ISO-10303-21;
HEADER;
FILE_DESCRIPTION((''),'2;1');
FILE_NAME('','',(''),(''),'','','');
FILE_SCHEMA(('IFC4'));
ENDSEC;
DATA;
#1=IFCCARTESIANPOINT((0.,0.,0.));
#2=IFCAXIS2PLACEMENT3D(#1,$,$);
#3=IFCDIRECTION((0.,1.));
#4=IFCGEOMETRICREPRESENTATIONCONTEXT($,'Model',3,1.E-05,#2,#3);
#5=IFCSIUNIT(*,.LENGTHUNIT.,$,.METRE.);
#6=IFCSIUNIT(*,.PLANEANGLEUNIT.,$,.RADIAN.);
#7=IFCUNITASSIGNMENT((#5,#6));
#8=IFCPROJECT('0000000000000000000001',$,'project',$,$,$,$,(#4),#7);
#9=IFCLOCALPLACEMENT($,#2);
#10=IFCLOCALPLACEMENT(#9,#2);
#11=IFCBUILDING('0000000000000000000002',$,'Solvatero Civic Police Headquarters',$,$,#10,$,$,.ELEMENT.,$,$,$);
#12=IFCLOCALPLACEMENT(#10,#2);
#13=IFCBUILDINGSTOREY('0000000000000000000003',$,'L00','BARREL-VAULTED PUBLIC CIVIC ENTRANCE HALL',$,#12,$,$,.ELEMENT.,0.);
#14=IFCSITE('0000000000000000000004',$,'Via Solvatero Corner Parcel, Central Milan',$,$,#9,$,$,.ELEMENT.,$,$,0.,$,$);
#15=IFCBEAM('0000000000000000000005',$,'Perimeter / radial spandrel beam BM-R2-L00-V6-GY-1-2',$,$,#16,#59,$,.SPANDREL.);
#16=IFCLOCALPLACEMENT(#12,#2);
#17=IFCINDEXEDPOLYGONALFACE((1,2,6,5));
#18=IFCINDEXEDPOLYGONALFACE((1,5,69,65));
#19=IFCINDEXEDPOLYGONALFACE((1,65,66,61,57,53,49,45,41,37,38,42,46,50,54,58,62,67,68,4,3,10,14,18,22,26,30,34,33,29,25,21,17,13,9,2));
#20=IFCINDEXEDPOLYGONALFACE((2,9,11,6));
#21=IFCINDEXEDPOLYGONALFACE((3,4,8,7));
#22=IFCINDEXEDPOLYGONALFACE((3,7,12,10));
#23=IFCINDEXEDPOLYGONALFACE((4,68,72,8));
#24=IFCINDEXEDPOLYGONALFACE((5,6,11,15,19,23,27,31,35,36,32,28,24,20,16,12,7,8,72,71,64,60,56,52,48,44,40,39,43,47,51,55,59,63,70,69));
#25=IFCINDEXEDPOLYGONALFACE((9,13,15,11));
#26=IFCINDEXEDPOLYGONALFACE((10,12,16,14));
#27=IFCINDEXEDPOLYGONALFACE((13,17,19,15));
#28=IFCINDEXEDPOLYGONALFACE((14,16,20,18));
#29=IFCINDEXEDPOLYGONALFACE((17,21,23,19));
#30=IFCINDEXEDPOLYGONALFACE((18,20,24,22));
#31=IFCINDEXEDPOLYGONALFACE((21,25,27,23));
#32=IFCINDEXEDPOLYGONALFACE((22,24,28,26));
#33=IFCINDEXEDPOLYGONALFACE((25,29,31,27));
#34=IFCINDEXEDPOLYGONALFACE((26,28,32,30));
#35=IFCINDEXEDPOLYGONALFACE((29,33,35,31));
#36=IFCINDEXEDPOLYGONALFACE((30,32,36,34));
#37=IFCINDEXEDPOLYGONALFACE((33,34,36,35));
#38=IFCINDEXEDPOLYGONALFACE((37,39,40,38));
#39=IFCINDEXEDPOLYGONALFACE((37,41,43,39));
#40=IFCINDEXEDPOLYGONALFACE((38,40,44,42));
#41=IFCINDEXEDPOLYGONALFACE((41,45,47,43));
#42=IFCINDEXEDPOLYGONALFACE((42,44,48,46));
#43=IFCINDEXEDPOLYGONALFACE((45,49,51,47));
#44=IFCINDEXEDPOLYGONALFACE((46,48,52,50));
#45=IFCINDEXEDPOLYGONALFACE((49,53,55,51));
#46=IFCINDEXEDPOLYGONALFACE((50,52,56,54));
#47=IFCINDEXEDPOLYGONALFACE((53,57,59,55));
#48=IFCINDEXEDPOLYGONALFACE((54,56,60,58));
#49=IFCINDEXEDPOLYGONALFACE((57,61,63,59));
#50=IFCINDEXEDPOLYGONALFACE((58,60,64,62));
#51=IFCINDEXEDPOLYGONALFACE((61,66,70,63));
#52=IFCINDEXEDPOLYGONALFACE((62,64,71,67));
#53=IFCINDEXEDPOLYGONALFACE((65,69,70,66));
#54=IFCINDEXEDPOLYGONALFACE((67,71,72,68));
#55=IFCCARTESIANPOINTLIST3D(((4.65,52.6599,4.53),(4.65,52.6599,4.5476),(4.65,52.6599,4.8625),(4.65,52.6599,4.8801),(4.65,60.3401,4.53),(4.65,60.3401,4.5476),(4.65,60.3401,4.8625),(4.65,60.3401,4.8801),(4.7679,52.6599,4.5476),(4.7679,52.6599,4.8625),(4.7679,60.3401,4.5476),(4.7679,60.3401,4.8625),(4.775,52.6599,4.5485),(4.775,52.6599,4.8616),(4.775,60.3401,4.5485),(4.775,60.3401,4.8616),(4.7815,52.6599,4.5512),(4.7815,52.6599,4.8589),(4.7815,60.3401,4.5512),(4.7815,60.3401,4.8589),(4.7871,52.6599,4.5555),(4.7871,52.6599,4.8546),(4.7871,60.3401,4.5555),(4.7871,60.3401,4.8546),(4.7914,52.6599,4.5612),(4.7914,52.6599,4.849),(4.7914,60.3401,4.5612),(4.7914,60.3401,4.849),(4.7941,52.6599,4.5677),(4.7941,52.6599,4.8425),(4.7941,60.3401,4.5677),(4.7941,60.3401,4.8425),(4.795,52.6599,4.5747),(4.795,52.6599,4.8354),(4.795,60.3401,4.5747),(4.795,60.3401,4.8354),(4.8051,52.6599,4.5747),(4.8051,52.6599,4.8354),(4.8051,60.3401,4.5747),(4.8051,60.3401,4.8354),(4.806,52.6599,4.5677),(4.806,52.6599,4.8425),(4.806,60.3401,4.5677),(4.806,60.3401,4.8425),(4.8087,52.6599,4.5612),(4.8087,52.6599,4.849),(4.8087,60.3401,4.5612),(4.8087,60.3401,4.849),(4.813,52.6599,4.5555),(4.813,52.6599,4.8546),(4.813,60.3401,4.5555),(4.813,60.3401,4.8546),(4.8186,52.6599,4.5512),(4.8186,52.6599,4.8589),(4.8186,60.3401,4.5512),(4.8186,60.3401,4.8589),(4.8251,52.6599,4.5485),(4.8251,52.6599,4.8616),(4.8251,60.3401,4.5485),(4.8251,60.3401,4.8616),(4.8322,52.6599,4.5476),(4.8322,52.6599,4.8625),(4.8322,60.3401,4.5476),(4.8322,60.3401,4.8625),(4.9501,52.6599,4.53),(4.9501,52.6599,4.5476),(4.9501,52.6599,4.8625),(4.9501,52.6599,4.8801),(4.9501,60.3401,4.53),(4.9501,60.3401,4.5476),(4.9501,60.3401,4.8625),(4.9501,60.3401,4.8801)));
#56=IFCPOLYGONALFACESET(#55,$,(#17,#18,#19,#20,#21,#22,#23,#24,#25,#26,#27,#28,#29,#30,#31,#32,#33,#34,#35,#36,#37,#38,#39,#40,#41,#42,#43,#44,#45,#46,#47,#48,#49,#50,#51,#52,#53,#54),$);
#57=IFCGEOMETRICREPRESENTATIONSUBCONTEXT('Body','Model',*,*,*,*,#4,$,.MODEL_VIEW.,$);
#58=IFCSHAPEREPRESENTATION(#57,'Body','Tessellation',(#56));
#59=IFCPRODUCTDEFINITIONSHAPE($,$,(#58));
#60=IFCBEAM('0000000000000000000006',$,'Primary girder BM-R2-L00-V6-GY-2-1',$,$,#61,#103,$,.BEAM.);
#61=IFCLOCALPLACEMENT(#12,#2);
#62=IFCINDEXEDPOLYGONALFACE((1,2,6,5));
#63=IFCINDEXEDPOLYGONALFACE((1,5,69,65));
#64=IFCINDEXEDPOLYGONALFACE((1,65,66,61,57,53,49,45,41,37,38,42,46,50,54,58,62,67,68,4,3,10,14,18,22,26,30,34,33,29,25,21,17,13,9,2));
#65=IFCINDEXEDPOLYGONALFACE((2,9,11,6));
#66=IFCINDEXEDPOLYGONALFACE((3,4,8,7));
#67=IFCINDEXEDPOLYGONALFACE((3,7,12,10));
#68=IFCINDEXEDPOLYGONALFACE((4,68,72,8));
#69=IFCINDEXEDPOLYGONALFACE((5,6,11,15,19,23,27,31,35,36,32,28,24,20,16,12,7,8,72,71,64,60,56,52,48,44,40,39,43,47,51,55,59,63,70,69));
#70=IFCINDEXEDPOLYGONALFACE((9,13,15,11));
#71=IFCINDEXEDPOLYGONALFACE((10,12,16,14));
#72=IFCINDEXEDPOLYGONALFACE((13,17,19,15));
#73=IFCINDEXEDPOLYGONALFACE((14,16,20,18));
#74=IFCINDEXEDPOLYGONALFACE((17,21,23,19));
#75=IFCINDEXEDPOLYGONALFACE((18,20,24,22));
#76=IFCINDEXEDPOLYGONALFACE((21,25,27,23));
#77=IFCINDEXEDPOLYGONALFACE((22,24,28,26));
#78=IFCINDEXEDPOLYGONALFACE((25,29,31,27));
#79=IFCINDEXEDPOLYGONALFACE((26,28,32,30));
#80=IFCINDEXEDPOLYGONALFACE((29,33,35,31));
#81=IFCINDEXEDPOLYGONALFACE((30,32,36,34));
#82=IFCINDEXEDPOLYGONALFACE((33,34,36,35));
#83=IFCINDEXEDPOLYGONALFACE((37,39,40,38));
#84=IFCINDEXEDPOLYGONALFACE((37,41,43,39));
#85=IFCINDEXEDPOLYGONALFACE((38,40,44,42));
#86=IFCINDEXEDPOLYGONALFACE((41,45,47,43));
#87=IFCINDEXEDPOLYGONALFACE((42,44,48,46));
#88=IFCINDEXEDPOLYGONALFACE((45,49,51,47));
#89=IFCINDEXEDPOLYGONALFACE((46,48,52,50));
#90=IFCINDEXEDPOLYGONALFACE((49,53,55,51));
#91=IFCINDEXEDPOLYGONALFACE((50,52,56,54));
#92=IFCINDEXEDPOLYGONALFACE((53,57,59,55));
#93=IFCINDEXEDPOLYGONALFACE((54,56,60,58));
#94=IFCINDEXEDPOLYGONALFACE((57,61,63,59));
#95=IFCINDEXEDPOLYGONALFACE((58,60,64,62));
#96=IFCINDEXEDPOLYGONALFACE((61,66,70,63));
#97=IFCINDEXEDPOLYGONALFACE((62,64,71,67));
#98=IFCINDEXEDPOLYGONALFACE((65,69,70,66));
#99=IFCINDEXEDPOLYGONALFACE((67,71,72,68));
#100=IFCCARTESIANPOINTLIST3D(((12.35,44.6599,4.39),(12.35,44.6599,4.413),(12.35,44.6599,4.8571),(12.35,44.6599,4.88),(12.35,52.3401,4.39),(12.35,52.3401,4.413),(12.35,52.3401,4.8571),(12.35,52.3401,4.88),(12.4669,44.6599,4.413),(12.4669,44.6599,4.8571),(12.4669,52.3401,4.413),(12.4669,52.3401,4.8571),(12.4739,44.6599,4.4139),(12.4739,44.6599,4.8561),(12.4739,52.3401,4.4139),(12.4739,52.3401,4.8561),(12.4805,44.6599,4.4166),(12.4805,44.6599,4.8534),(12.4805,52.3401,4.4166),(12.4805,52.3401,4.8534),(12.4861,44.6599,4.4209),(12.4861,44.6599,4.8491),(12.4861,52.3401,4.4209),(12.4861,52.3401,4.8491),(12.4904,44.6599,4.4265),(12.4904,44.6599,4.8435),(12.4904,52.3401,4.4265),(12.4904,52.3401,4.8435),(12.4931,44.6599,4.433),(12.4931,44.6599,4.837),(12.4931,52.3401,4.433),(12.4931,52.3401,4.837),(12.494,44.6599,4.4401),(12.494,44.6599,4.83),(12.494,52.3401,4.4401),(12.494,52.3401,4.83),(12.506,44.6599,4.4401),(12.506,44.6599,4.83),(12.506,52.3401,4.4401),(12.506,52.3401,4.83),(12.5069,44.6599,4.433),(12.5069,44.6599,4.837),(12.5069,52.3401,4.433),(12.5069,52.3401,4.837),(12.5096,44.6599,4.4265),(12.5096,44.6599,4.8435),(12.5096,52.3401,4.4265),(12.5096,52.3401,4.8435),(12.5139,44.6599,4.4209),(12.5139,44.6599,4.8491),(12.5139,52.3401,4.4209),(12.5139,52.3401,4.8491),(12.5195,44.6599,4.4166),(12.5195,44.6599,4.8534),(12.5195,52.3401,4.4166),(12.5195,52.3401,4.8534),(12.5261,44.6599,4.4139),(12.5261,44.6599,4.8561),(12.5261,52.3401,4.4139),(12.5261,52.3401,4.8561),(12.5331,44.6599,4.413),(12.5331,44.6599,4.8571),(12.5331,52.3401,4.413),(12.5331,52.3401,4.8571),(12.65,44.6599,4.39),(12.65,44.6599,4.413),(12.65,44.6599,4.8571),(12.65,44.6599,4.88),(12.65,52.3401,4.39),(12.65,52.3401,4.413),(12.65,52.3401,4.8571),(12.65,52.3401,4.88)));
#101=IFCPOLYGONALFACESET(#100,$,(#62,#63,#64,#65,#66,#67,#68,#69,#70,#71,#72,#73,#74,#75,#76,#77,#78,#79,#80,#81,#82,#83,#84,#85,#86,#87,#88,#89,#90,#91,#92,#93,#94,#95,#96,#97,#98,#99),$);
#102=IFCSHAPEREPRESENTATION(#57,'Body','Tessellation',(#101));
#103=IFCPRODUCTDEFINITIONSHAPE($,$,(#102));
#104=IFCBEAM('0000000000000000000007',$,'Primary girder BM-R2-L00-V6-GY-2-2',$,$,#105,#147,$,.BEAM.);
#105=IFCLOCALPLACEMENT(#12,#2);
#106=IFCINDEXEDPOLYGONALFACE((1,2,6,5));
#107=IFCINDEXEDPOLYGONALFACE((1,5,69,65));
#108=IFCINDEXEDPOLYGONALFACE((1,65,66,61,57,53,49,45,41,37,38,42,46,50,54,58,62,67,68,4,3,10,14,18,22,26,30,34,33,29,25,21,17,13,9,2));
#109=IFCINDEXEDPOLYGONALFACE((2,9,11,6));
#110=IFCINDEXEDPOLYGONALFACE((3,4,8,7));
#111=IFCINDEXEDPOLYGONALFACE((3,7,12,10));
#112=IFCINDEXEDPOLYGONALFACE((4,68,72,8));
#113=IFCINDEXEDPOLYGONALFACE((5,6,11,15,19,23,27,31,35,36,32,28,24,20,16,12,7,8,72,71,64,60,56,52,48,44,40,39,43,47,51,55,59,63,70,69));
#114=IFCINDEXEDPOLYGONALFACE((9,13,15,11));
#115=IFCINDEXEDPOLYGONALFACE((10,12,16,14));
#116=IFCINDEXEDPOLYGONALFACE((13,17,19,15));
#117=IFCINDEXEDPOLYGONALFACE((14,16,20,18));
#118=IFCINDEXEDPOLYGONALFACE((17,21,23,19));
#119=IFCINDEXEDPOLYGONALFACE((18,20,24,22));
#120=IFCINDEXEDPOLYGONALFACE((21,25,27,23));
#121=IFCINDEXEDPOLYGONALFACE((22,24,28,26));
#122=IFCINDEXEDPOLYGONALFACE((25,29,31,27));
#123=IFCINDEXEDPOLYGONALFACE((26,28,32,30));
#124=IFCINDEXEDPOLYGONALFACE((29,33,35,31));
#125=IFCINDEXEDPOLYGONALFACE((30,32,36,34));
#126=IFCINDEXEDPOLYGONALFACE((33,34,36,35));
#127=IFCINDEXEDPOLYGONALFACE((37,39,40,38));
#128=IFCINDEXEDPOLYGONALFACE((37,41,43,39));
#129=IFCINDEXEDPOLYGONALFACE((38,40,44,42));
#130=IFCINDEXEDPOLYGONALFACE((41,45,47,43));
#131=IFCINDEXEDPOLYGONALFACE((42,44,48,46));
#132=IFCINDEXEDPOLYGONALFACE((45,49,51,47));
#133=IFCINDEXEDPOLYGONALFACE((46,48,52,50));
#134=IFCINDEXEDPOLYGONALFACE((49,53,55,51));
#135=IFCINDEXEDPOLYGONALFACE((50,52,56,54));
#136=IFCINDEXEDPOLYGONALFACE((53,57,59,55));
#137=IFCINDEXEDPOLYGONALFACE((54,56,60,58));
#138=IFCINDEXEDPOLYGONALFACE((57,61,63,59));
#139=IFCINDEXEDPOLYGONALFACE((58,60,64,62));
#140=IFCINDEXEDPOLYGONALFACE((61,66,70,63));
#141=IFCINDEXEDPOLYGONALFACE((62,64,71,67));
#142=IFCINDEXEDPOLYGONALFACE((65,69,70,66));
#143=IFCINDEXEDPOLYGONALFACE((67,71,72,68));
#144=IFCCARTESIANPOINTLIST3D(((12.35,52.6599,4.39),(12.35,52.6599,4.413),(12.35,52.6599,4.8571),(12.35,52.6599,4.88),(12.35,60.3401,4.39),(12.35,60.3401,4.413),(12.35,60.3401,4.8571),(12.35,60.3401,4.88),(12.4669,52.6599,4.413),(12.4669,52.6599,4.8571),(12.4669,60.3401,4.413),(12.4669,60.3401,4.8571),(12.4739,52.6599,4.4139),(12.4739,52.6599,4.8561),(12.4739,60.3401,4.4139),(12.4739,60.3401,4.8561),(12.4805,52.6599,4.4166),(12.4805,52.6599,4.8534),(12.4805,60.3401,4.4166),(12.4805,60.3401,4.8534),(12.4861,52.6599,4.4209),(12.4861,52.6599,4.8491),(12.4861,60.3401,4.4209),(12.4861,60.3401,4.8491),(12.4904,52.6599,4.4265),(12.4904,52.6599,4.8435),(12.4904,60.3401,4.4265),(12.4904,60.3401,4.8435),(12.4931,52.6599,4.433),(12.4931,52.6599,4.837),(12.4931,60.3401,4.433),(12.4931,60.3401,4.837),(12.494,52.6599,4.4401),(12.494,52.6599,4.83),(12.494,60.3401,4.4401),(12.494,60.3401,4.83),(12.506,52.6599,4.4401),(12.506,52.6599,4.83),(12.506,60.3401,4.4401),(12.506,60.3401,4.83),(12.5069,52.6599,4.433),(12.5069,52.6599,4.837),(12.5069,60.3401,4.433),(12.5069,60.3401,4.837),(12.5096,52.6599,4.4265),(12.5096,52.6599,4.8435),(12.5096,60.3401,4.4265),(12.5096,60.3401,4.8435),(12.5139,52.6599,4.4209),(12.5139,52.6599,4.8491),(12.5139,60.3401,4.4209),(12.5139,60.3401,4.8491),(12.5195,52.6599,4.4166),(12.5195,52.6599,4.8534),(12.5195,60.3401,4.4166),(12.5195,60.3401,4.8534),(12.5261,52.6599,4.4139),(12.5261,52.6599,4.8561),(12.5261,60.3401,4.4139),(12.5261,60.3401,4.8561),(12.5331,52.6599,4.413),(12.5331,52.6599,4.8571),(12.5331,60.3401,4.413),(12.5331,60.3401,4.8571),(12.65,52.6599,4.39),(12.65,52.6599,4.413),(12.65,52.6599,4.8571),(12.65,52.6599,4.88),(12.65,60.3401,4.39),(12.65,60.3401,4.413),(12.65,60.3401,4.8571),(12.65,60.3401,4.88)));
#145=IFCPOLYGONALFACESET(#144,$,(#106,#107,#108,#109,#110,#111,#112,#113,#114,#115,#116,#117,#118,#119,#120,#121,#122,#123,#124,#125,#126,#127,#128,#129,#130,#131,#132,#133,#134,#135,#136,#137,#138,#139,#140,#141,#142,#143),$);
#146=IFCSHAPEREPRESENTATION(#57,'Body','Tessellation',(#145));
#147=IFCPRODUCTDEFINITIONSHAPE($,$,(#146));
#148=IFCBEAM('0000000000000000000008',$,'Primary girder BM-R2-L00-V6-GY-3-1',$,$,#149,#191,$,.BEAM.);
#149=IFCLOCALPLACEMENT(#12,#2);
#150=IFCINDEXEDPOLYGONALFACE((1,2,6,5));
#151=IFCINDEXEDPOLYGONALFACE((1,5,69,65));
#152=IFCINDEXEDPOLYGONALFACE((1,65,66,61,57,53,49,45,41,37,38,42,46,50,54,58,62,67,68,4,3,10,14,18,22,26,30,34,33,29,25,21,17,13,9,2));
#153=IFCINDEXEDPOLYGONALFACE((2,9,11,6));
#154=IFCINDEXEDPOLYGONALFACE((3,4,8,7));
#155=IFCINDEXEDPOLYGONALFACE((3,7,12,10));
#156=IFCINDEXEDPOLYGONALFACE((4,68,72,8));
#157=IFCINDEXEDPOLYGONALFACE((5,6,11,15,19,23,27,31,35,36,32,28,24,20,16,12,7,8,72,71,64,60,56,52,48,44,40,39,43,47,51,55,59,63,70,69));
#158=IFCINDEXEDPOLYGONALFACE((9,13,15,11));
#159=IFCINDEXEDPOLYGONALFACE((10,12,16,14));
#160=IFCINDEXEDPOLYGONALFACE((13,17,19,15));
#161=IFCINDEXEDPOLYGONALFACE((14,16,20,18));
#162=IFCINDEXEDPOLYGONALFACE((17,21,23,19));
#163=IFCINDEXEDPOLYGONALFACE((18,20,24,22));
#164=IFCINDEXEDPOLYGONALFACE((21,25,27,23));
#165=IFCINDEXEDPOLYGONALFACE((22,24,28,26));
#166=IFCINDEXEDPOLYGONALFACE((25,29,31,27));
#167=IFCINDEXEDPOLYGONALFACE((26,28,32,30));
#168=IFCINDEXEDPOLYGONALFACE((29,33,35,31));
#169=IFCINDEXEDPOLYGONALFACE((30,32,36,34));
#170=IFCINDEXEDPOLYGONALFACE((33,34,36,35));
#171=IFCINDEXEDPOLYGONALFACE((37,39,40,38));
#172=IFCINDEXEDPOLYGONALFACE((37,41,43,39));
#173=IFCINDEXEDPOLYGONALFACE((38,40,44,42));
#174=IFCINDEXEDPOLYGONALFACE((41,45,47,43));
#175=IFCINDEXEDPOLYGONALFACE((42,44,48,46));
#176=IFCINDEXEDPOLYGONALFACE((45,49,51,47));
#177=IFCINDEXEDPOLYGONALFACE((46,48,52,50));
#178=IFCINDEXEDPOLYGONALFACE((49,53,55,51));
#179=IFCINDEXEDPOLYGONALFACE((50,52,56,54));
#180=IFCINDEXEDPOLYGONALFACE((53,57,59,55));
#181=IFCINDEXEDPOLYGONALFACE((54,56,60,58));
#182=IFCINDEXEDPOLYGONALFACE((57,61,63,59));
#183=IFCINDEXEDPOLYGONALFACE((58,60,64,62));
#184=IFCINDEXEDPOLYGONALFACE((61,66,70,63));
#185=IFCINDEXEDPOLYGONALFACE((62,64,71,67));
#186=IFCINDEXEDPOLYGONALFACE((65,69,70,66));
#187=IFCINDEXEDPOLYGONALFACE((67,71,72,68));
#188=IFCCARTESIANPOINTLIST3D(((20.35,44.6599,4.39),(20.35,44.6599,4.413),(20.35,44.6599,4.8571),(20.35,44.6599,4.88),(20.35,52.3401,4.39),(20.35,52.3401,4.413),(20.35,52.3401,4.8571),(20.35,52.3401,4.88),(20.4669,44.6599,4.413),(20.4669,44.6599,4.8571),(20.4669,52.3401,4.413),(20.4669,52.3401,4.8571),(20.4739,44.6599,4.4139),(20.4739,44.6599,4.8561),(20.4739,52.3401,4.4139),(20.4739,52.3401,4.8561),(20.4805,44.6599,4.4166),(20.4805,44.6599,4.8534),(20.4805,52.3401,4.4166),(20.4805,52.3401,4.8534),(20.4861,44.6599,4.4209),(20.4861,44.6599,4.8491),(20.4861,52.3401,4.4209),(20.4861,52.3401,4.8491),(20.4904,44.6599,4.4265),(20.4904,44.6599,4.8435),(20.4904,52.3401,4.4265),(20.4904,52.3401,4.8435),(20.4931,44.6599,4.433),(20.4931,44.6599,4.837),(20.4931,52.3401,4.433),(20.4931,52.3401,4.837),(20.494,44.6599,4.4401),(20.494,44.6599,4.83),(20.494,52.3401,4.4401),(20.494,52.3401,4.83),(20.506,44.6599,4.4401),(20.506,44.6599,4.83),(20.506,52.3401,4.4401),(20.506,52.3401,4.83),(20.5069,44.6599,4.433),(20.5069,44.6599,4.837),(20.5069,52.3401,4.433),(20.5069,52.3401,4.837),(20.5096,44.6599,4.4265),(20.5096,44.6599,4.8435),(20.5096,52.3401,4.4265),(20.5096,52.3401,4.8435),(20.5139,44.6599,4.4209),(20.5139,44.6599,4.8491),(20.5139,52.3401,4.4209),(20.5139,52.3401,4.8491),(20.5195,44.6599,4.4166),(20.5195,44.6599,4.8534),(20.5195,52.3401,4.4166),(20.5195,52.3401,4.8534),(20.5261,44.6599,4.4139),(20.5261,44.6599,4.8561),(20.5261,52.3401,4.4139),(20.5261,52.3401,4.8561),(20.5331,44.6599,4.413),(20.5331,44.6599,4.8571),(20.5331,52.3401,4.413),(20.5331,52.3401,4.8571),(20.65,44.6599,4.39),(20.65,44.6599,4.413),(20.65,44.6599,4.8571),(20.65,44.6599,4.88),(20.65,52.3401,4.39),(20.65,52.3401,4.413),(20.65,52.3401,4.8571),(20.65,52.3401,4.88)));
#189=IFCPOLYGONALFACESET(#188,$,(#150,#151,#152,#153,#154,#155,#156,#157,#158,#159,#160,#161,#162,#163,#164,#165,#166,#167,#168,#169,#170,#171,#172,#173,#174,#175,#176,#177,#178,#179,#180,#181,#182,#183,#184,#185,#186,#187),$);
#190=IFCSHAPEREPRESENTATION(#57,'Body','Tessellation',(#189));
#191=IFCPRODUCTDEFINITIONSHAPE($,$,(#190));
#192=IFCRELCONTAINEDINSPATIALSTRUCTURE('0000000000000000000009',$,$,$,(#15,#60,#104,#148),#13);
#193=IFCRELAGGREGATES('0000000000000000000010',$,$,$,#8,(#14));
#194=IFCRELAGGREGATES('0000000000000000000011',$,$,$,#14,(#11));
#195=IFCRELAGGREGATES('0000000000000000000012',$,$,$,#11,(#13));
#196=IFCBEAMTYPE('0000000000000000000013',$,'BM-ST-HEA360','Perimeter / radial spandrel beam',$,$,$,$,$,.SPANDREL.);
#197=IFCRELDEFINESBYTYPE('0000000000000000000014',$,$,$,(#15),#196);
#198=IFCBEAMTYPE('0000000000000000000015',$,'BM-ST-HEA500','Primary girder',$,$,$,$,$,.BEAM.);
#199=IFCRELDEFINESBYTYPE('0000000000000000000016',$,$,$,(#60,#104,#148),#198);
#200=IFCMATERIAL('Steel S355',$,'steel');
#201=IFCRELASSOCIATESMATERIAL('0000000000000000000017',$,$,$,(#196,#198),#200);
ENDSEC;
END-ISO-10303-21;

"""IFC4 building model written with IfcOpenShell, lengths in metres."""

from ifc_helpers import new_model, si_unit, direction, frame, origin, origin_2d, place, context, subcontext, project, spatial, i_section, extrude, material, material_profile, profile_set, type_object, element, save


model = new_model("IFC4")

# Units and contexts
model_context = context("Model", 3, precision=1e-05, world=origin(), true_north=direction((0.0, 1.0)))
body_context = subcontext(model_context, "Body", "Model", "MODEL_VIEW")
ifc_project = project(units=[si_unit("LENGTHUNIT", "METRE"), si_unit("PLANEANGLEUNIT", "RADIAN")], contexts=[model_context])

# Site, building, storey
site_placement = place(None, origin())
site = spatial("IfcSite", under=ifc_project, at=site_placement, Name="Via Solvatero Corner Parcel, Central Milan", CompositionType="ELEMENT", RefElevation=0.0)
building_placement = place(site_placement, origin())
building = spatial("IfcBuilding", under=site, at=building_placement, Name="Solvatero Civic Police Headquarters", CompositionType="ELEMENT")
storey_placement = place(building_placement, origin())
storey = spatial("IfcBuildingStorey", under=building, at=storey_placement, Name="L00", Description="BARREL-VAULTED PUBLIC CIVIC ENTRANCE HALL", CompositionType="ELEMENT", Elevation=0.0)

# Beams
ifc_material_1 = material(Name="Steel S355", Category="steel")
ifc_material_profile_1 = material_profile(ifc_material_1, i_section(OverallWidth=0.3, OverallDepth=0.3501, WebThickness=0.01, FlangeThickness=0.0176, FilletRadius=0.0271, at=origin_2d()), Name="HEA 360")
ifc_profile_set_1 = profile_set([ifc_material_profile_1], Name="Steel S355")
beam_type_1 = type_object("IfcBeamType", Name="BM-ST-HEA360", Description="Perimeter / radial spandrel beam", PredefinedType="SPANDREL", material=ifc_profile_set_1)
for number, where, z_axis, x_axis, name in (
    (1, (4.8, 52.6599, 4.7051), (0.0, 1.0, 0.0), (-1.0, 0.0, 0.0), "Perimeter / radial spandrel beam BM-R2-L00-V6-GY-1-2"),
):
    element("IfcBeam", number, at=place(storey_placement, frame(where, z_axis=z_axis, x_axis=x_axis)), inside=storey, type_object=beam_type_1, Name=name, PredefinedType="SPANDREL", context=body_context, shape_type="SweptSolid", body=[
        extrude(i_section(OverallWidth=0.3, OverallDepth=0.3501, WebThickness=0.01, FlangeThickness=0.0176, FilletRadius=0.0271, at=origin_2d()), origin(), (0.0, 0.0, 1.0), 7.6802),
    ])
ifc_material_profile_2 = material_profile(ifc_material_1, i_section(OverallWidth=0.3, OverallDepth=0.49, WebThickness=0.012, FlangeThickness=0.0229, FilletRadius=0.0271, at=origin_2d()), Name="HEA 500")
ifc_profile_set_2 = profile_set([ifc_material_profile_2], Name="Steel S355")
beam_type_2 = type_object("IfcBeamType", Name="BM-ST-HEA500", Description="Primary girder", PredefinedType="BEAM", material=ifc_profile_set_2)
for number, where, z_axis, x_axis, name in (
    (2, (12.5, 44.6599, 4.635), (0.0, 1.0, 0.0), (-1.0, 0.0, 0.0), "Primary girder BM-R2-L00-V6-GY-2-1"),
    (3, (12.5, 52.6599, 4.635), (0.0, 1.0, 0.0), (-1.0, 0.0, 0.0), "Primary girder BM-R2-L00-V6-GY-2-2"),
    (4, (20.5, 44.6599, 4.635), (0.0, 1.0, 0.0), (-1.0, 0.0, 0.0), "Primary girder BM-R2-L00-V6-GY-3-1"),
):
    element("IfcBeam", number, at=place(storey_placement, frame(where, z_axis=z_axis, x_axis=x_axis)), inside=storey, type_object=beam_type_2, Name=name, PredefinedType="BEAM", context=body_context, shape_type="SweptSolid", body=[
        extrude(i_section(OverallWidth=0.3, OverallDepth=0.49, WebThickness=0.012, FlangeThickness=0.0229, FilletRadius=0.0271, at=origin_2d()), origin(), (0.0, 0.0, 1.0), 7.6802),
    ])

save(model, "model.ifc")
